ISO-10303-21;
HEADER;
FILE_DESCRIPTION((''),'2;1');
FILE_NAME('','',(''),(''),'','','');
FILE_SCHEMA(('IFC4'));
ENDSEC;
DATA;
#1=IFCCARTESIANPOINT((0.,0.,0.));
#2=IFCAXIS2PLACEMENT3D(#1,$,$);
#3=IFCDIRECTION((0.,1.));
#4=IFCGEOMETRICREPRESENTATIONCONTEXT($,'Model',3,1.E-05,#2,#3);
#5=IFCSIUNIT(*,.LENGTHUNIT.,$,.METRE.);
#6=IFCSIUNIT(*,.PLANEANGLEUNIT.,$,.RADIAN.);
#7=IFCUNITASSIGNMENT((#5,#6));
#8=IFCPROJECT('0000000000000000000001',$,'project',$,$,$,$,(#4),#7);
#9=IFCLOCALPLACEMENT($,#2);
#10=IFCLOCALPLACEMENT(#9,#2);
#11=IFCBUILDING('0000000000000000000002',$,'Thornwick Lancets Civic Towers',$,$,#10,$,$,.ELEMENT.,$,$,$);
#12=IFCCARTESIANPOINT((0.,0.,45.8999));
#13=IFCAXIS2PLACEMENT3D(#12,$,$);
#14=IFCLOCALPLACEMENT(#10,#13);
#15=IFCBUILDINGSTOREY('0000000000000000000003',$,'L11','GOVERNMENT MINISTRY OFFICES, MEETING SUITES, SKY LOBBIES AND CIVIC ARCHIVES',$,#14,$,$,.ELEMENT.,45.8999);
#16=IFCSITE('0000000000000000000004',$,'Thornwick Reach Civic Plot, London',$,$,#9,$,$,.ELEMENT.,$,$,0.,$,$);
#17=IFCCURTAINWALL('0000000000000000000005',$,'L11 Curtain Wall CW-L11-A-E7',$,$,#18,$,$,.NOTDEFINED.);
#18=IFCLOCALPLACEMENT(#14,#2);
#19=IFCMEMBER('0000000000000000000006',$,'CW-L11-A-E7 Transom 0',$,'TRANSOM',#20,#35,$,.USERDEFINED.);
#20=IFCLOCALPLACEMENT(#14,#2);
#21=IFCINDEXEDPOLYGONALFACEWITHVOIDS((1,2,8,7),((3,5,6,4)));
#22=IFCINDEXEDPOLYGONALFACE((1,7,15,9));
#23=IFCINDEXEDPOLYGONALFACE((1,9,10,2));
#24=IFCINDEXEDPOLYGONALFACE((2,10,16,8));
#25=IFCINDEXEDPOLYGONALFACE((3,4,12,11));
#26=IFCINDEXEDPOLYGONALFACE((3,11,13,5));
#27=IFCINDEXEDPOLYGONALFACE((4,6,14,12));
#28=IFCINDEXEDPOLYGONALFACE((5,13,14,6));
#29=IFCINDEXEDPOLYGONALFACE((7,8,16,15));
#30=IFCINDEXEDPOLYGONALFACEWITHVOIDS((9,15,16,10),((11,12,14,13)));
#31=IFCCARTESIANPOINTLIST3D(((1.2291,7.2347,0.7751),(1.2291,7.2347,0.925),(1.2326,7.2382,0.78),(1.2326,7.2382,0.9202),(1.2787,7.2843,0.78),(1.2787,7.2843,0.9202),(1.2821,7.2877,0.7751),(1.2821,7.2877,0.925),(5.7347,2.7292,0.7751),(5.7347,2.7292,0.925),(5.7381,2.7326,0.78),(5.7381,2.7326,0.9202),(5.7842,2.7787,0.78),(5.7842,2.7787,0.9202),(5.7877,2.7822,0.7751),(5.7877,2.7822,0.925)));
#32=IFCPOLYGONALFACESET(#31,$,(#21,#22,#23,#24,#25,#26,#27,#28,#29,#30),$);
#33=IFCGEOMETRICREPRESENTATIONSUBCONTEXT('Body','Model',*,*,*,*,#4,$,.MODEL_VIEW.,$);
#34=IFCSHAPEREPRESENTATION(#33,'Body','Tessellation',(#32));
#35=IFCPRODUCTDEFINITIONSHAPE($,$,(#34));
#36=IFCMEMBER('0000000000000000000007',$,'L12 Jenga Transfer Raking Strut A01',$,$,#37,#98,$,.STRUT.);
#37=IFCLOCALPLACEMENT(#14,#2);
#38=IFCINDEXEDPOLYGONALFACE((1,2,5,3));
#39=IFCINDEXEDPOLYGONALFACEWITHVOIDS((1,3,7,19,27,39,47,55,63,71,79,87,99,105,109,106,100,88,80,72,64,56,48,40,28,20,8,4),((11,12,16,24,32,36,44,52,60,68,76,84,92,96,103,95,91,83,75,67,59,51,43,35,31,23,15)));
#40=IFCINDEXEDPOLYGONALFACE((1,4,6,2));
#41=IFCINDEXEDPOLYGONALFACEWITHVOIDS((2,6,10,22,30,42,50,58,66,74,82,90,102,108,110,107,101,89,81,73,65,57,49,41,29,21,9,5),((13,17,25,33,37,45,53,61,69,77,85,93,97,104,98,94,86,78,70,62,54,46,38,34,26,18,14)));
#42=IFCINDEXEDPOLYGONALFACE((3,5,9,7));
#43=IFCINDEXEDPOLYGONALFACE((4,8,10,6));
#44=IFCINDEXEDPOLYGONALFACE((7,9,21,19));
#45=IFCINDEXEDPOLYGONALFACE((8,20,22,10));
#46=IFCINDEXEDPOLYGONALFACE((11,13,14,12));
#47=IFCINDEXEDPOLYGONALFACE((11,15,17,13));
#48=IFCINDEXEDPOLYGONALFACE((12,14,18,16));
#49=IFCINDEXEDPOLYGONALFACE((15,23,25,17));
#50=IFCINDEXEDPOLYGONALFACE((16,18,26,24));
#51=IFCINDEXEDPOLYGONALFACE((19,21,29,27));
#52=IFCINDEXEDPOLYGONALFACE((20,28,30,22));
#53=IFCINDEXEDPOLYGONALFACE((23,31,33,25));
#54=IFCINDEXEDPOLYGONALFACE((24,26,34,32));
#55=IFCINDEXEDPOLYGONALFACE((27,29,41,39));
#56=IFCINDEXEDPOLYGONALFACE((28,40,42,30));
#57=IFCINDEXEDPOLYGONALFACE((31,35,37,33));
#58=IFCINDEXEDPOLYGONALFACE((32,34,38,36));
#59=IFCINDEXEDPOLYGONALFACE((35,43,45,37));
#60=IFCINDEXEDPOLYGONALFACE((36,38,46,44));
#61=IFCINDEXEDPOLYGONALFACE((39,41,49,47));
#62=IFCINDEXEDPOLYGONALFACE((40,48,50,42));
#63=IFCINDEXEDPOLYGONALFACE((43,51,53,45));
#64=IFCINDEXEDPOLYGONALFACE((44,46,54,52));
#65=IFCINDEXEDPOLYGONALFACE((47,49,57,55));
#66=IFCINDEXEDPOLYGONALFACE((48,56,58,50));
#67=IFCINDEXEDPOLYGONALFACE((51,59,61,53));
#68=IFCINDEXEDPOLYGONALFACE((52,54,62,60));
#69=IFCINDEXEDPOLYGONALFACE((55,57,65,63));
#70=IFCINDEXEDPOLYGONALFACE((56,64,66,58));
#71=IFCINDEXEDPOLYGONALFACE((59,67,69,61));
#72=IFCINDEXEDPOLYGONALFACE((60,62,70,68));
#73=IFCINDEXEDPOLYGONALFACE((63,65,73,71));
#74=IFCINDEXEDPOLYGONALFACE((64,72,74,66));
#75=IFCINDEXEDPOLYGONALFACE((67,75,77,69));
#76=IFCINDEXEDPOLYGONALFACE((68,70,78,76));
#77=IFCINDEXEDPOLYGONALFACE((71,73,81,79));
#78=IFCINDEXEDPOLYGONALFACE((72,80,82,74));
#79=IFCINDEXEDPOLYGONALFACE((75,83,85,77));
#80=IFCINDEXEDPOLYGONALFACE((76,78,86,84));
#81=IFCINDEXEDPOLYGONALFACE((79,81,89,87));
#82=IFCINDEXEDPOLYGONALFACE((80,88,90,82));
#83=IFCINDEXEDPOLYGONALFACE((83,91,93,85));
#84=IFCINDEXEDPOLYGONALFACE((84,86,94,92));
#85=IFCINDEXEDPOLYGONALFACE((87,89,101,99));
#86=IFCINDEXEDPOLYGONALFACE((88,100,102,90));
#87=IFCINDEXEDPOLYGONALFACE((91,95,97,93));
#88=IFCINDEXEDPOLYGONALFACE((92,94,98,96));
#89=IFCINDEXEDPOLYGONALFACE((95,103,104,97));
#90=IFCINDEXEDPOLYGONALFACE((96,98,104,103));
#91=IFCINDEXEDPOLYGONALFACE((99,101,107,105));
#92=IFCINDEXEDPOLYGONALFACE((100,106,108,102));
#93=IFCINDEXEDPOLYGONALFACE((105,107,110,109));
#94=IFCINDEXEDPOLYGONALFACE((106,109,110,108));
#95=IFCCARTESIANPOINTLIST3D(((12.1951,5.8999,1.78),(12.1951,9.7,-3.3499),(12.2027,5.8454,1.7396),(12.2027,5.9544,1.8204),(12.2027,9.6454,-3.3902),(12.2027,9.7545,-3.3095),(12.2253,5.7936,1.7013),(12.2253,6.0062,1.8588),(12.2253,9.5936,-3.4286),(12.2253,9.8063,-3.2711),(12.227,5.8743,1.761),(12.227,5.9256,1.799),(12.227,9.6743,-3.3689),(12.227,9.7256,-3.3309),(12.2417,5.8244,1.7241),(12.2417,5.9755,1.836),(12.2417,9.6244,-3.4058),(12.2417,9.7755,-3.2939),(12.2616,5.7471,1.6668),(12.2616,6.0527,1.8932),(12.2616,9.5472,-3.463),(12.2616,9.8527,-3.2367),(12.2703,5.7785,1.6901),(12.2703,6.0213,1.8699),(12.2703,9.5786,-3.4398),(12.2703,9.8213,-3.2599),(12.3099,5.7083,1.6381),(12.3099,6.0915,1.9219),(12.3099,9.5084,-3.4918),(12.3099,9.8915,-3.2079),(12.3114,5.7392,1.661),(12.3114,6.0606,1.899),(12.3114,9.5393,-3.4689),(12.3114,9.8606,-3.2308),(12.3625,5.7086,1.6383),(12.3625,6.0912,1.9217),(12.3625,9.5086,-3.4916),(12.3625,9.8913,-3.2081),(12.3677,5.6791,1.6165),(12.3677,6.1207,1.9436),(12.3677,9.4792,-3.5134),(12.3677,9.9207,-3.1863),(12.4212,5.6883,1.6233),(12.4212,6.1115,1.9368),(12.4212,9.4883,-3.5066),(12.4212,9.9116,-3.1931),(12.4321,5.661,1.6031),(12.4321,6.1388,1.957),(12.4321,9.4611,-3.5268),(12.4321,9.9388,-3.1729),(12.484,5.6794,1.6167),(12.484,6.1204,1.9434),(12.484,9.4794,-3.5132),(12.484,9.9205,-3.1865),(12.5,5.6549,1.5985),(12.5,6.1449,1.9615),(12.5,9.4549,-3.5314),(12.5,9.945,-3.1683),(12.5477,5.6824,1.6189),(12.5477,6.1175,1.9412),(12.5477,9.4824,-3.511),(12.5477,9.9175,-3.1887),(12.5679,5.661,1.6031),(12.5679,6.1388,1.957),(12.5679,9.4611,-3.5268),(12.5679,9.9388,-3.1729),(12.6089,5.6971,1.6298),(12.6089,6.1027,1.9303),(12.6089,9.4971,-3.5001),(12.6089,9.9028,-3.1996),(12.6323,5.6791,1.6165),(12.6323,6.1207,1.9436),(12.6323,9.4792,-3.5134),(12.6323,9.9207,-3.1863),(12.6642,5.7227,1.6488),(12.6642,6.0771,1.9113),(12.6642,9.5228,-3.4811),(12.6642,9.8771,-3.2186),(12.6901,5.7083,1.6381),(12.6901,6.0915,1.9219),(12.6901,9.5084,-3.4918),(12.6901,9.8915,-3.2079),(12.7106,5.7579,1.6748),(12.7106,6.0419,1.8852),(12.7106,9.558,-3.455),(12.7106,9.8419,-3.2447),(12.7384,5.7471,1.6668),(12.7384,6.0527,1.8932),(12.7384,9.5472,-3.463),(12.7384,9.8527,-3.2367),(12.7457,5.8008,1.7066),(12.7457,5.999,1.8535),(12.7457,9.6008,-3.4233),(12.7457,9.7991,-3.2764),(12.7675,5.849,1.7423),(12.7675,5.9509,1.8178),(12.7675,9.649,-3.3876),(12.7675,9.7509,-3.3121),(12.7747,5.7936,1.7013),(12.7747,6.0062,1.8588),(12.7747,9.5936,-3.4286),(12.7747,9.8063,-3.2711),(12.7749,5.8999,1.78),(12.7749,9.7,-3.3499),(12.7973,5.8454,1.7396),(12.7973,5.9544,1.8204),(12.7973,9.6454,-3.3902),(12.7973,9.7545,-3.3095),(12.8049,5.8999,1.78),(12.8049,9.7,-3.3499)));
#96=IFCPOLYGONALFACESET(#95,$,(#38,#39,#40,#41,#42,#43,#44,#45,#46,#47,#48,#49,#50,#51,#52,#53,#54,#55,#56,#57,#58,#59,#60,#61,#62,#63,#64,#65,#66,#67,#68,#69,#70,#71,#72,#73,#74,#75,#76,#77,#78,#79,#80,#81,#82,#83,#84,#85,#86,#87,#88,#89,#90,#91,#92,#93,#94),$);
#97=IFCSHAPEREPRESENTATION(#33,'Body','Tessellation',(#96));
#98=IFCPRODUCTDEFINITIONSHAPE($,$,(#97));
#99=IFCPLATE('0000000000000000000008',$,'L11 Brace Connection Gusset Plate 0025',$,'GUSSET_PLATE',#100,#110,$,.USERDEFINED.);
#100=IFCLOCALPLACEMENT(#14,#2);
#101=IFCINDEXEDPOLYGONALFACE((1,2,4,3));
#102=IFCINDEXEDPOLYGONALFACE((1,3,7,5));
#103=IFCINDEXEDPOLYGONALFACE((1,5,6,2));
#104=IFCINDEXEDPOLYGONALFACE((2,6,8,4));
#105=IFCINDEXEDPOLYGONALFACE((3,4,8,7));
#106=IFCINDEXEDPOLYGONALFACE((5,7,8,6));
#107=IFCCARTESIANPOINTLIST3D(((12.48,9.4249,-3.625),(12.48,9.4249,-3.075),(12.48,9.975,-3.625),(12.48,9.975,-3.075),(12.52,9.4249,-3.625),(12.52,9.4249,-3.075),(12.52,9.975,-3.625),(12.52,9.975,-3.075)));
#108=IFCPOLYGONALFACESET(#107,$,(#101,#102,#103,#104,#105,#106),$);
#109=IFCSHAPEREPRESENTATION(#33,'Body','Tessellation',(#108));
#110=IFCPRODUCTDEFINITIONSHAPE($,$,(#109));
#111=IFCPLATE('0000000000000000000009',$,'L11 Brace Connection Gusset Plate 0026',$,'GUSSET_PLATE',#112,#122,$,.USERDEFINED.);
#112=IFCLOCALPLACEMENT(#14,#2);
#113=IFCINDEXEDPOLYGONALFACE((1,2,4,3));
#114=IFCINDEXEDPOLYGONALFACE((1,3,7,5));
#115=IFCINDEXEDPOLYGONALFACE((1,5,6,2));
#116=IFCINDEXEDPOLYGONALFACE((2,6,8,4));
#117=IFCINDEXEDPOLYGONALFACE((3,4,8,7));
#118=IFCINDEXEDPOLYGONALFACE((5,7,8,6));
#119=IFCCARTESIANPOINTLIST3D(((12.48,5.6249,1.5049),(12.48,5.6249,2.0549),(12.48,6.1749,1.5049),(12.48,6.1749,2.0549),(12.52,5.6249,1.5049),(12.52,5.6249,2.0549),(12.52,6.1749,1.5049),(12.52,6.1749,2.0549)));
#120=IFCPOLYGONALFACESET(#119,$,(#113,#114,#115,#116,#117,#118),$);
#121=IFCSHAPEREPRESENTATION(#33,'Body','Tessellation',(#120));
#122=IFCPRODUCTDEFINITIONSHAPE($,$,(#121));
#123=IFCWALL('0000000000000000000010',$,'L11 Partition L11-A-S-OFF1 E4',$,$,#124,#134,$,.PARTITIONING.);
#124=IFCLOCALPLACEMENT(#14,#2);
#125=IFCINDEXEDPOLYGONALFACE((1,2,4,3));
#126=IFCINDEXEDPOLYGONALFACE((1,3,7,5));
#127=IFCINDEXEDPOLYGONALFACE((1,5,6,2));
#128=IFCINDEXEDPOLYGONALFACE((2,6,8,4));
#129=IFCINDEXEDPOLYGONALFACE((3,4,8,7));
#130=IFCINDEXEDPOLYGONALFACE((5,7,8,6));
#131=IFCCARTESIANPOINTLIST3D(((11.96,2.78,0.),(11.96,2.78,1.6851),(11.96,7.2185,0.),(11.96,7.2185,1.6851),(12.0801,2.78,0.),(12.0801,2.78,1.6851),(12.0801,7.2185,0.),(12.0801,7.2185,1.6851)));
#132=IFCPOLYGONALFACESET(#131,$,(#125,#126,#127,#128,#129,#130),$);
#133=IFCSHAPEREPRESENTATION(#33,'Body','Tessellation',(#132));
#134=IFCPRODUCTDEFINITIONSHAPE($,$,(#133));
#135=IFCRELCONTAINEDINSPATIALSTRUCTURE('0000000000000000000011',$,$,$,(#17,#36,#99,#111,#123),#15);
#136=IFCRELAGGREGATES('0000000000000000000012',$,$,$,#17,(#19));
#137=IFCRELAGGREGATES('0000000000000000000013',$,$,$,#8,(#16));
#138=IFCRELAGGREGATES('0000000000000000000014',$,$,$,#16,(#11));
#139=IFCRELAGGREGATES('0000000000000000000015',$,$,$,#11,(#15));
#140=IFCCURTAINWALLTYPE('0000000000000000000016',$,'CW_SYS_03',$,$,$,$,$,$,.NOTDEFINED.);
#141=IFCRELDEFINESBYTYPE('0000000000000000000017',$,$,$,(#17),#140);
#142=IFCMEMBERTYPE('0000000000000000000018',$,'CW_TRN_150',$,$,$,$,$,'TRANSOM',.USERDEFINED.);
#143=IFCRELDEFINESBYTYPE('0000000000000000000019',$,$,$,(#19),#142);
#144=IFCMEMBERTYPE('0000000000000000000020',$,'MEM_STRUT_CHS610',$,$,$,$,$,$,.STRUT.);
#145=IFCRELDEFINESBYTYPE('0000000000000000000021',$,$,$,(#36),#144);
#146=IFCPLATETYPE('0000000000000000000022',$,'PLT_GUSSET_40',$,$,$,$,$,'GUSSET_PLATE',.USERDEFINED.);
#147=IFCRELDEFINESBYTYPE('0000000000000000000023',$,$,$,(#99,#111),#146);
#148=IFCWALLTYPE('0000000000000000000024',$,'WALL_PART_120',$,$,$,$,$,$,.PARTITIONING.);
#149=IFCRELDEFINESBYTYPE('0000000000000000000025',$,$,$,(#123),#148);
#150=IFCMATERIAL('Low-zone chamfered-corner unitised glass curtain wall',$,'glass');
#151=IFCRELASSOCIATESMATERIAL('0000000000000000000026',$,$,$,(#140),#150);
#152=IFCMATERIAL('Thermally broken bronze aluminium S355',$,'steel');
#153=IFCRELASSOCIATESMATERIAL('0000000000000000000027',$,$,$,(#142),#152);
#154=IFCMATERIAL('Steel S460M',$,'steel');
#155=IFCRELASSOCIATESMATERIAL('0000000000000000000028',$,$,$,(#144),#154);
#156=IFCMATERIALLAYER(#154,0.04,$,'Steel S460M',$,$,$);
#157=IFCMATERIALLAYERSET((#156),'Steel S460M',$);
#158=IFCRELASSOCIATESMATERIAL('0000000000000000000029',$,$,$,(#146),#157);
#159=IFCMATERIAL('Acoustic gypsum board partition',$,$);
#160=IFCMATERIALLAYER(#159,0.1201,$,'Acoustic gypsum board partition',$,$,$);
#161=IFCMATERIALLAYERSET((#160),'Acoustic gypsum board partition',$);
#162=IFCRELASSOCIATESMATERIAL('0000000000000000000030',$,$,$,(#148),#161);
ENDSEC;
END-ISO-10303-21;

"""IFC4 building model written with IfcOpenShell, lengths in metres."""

from ifc_helpers import new_model, si_unit, direction, frame, frame_2d, origin, origin_2d, place, context, subcontext, project, spatial, rectangle, hollow_rectangle, hollow_circle, extrude, material, layer, layer_set, material_profile, profile_set, type_object, element, aggregate, save


model = new_model("IFC4")

# Units and contexts
model_context = context("Model", 3, precision=1e-05, world=origin(), true_north=direction((0.0, 1.0)))
body_context = subcontext(model_context, "Body", "Model", "MODEL_VIEW")
ifc_project = project(units=[si_unit("LENGTHUNIT", "METRE"), si_unit("PLANEANGLEUNIT", "RADIAN")], contexts=[model_context])

# Site, building, storey
site_placement = place(None, origin())
site = spatial("IfcSite", under=ifc_project, at=site_placement, Name="Thornwick Reach Civic Plot, London", CompositionType="ELEMENT", RefElevation=0.0)
building_placement = place(site_placement, origin())
building = spatial("IfcBuilding", under=site, at=building_placement, Name="Thornwick Lancets Civic Towers", CompositionType="ELEMENT")
storey_placement = place(building_placement, frame((0.0, 0.0, 45.8999)))
storey = spatial("IfcBuildingStorey", under=building, at=storey_placement, Name="L11", Description="GOVERNMENT MINISTRY OFFICES, MEETING SUITES, SKY LOBBIES AND CIVIC ARCHIVES", CompositionType="ELEMENT", Elevation=45.8999)

# Shared definitions
ifc_material_1 = material(Name="Steel S460M", Category="steel")

# Curtain wall, member
ifc_material_2 = material(Name="Low-zone chamfered-corner unitised glass curtain wall", Category="glass")
curtain_wall_type = type_object("IfcCurtainWallType", Name="CW_SYS_03", PredefinedType="NOTDEFINED", material=ifc_material_2)
curtain_wall_placement = place(storey_placement, origin())
curtain_wall = element("IfcCurtainWall", 1, at=curtain_wall_placement, inside=storey, type_object=curtain_wall_type, Name="L11 Curtain Wall CW-L11-A-E7", PredefinedType="NOTDEFINED")
ifc_material_3 = material(Name="Thermally broken bronze aluminium S355", Category="steel")
ifc_material_profile_1 = material_profile(ifc_material_3, hollow_rectangle(XDim=0.075, YDim=0.1499, WallThickness=0.0049, at=origin_2d()), Name="RHS 150x75x5")
ifc_profile_set_1 = profile_set([ifc_material_profile_1], Name="Thermally broken bronze aluminium S355")
member_type_1 = type_object("IfcMemberType", Name="CW_TRN_150", ElementType="TRANSOM", PredefinedType="USERDEFINED", material=ifc_profile_set_1)
member_1_placement = place(storey_placement, frame((1.2556, 7.2612, 0.8501), z_axis=(0.707107, -0.707107, 0.0), x_axis=(0.707107, 0.707107, 0.0)))
member_1 = element("IfcMember", 2, at=member_1_placement, type_object=member_type_1, Name="CW-L11-A-E7 Transom 0", ObjectType="TRANSOM", PredefinedType="USERDEFINED", context=body_context, shape_type="SweptSolid", body=[
    extrude(hollow_rectangle(XDim=0.075, YDim=0.1499, WallThickness=0.0049, at=origin_2d()), origin(), (0.0, 0.0, 1.0), 6.3718),
])
aggregate(curtain_wall, [member_1])

# Member
ifc_material_profile_2 = material_profile(ifc_material_1, hollow_circle(Radius=0.3049, WallThickness=0.03, at=origin_2d()), Name="CHS 610x30")
ifc_profile_set_2 = profile_set([ifc_material_profile_2], Name="Steel S460M")
member_type_2 = type_object("IfcMemberType", Name="MEM_STRUT_CHS610", PredefinedType="STRUT", material=ifc_profile_set_2)
member_2_placement = place(storey_placement, frame((12.5, 9.7, -3.3499), z_axis=(0.0, -0.595241, 0.803547), x_axis=(1.0, 0.0, 0.0)))
element("IfcMember", 3, at=member_2_placement, inside=storey, type_object=member_type_2, Name="L12 Jenga Transfer Raking Strut A01", PredefinedType="STRUT", context=body_context, shape_type="SweptSolid", body=[
    extrude(hollow_circle(Radius=0.3049, WallThickness=0.03, at=origin_2d()), origin(), (0.0, 0.0, 1.0), 6.384),
])

# Plates
ifc_layer_1 = layer(ifc_material_1, 0.04, Name="Steel S460M")
ifc_layer_set_1 = layer_set([ifc_layer_1], Name="Steel S460M")
plate_type = type_object("IfcPlateType", Name="PLT_GUSSET_40", ElementType="GUSSET_PLATE", PredefinedType="USERDEFINED", material=ifc_layer_set_1)
for number, where, z_axis, x_axis, name in (
    (4, (12.5, 9.7, -3.625), (0.0, 0.0, 1.0), (0.0, -1.0, 0.0), "L11 Brace Connection Gusset Plate 0025"),
    (5, (12.5, 5.8999, 1.5049), (0.0, 0.0, 1.0), (0.0, -1.0, 0.0), "L11 Brace Connection Gusset Plate 0026"),
):
    element("IfcPlate", number, at=place(storey_placement, frame(where, z_axis=z_axis, x_axis=x_axis)), inside=storey, type_object=plate_type, Name=name, ObjectType="GUSSET_PLATE", PredefinedType="USERDEFINED", context=body_context, shape_type="SweptSolid", body=[
        extrude(rectangle(XDim=0.55, YDim=0.04, at=origin_2d()), origin(), (0.0, 0.0, 1.0), 0.55),
    ])

# Wall
ifc_material_4 = material(Name="Acoustic gypsum board partition")
ifc_layer_2 = layer(ifc_material_4, 0.1201, Name="Acoustic gypsum board partition")
ifc_layer_set_2 = layer_set([ifc_layer_2], Name="Acoustic gypsum board partition")
wall_type = type_object("IfcWallType", Name="WALL_PART_120", PredefinedType="PARTITIONING", material=ifc_layer_set_2)
wall_placement = place(storey_placement, frame((12.02, 7.2185, 0.0), z_axis=(0.0, 0.0, 1.0), x_axis=(0.0, -1.0, 0.0)))
element("IfcWall", 6, at=wall_placement, inside=storey, type_object=wall_type, Name="L11 Partition L11-A-S-OFF1 E4", PredefinedType="PARTITIONING", context=body_context, shape_type="SweptSolid", body=[
    extrude(rectangle(XDim=4.4385, YDim=0.1201, at=frame_2d((2.2192, 0.0))), origin(), (0.0, 0.0, 1.0), 1.6851),
])

save(model, "model.ifc")
